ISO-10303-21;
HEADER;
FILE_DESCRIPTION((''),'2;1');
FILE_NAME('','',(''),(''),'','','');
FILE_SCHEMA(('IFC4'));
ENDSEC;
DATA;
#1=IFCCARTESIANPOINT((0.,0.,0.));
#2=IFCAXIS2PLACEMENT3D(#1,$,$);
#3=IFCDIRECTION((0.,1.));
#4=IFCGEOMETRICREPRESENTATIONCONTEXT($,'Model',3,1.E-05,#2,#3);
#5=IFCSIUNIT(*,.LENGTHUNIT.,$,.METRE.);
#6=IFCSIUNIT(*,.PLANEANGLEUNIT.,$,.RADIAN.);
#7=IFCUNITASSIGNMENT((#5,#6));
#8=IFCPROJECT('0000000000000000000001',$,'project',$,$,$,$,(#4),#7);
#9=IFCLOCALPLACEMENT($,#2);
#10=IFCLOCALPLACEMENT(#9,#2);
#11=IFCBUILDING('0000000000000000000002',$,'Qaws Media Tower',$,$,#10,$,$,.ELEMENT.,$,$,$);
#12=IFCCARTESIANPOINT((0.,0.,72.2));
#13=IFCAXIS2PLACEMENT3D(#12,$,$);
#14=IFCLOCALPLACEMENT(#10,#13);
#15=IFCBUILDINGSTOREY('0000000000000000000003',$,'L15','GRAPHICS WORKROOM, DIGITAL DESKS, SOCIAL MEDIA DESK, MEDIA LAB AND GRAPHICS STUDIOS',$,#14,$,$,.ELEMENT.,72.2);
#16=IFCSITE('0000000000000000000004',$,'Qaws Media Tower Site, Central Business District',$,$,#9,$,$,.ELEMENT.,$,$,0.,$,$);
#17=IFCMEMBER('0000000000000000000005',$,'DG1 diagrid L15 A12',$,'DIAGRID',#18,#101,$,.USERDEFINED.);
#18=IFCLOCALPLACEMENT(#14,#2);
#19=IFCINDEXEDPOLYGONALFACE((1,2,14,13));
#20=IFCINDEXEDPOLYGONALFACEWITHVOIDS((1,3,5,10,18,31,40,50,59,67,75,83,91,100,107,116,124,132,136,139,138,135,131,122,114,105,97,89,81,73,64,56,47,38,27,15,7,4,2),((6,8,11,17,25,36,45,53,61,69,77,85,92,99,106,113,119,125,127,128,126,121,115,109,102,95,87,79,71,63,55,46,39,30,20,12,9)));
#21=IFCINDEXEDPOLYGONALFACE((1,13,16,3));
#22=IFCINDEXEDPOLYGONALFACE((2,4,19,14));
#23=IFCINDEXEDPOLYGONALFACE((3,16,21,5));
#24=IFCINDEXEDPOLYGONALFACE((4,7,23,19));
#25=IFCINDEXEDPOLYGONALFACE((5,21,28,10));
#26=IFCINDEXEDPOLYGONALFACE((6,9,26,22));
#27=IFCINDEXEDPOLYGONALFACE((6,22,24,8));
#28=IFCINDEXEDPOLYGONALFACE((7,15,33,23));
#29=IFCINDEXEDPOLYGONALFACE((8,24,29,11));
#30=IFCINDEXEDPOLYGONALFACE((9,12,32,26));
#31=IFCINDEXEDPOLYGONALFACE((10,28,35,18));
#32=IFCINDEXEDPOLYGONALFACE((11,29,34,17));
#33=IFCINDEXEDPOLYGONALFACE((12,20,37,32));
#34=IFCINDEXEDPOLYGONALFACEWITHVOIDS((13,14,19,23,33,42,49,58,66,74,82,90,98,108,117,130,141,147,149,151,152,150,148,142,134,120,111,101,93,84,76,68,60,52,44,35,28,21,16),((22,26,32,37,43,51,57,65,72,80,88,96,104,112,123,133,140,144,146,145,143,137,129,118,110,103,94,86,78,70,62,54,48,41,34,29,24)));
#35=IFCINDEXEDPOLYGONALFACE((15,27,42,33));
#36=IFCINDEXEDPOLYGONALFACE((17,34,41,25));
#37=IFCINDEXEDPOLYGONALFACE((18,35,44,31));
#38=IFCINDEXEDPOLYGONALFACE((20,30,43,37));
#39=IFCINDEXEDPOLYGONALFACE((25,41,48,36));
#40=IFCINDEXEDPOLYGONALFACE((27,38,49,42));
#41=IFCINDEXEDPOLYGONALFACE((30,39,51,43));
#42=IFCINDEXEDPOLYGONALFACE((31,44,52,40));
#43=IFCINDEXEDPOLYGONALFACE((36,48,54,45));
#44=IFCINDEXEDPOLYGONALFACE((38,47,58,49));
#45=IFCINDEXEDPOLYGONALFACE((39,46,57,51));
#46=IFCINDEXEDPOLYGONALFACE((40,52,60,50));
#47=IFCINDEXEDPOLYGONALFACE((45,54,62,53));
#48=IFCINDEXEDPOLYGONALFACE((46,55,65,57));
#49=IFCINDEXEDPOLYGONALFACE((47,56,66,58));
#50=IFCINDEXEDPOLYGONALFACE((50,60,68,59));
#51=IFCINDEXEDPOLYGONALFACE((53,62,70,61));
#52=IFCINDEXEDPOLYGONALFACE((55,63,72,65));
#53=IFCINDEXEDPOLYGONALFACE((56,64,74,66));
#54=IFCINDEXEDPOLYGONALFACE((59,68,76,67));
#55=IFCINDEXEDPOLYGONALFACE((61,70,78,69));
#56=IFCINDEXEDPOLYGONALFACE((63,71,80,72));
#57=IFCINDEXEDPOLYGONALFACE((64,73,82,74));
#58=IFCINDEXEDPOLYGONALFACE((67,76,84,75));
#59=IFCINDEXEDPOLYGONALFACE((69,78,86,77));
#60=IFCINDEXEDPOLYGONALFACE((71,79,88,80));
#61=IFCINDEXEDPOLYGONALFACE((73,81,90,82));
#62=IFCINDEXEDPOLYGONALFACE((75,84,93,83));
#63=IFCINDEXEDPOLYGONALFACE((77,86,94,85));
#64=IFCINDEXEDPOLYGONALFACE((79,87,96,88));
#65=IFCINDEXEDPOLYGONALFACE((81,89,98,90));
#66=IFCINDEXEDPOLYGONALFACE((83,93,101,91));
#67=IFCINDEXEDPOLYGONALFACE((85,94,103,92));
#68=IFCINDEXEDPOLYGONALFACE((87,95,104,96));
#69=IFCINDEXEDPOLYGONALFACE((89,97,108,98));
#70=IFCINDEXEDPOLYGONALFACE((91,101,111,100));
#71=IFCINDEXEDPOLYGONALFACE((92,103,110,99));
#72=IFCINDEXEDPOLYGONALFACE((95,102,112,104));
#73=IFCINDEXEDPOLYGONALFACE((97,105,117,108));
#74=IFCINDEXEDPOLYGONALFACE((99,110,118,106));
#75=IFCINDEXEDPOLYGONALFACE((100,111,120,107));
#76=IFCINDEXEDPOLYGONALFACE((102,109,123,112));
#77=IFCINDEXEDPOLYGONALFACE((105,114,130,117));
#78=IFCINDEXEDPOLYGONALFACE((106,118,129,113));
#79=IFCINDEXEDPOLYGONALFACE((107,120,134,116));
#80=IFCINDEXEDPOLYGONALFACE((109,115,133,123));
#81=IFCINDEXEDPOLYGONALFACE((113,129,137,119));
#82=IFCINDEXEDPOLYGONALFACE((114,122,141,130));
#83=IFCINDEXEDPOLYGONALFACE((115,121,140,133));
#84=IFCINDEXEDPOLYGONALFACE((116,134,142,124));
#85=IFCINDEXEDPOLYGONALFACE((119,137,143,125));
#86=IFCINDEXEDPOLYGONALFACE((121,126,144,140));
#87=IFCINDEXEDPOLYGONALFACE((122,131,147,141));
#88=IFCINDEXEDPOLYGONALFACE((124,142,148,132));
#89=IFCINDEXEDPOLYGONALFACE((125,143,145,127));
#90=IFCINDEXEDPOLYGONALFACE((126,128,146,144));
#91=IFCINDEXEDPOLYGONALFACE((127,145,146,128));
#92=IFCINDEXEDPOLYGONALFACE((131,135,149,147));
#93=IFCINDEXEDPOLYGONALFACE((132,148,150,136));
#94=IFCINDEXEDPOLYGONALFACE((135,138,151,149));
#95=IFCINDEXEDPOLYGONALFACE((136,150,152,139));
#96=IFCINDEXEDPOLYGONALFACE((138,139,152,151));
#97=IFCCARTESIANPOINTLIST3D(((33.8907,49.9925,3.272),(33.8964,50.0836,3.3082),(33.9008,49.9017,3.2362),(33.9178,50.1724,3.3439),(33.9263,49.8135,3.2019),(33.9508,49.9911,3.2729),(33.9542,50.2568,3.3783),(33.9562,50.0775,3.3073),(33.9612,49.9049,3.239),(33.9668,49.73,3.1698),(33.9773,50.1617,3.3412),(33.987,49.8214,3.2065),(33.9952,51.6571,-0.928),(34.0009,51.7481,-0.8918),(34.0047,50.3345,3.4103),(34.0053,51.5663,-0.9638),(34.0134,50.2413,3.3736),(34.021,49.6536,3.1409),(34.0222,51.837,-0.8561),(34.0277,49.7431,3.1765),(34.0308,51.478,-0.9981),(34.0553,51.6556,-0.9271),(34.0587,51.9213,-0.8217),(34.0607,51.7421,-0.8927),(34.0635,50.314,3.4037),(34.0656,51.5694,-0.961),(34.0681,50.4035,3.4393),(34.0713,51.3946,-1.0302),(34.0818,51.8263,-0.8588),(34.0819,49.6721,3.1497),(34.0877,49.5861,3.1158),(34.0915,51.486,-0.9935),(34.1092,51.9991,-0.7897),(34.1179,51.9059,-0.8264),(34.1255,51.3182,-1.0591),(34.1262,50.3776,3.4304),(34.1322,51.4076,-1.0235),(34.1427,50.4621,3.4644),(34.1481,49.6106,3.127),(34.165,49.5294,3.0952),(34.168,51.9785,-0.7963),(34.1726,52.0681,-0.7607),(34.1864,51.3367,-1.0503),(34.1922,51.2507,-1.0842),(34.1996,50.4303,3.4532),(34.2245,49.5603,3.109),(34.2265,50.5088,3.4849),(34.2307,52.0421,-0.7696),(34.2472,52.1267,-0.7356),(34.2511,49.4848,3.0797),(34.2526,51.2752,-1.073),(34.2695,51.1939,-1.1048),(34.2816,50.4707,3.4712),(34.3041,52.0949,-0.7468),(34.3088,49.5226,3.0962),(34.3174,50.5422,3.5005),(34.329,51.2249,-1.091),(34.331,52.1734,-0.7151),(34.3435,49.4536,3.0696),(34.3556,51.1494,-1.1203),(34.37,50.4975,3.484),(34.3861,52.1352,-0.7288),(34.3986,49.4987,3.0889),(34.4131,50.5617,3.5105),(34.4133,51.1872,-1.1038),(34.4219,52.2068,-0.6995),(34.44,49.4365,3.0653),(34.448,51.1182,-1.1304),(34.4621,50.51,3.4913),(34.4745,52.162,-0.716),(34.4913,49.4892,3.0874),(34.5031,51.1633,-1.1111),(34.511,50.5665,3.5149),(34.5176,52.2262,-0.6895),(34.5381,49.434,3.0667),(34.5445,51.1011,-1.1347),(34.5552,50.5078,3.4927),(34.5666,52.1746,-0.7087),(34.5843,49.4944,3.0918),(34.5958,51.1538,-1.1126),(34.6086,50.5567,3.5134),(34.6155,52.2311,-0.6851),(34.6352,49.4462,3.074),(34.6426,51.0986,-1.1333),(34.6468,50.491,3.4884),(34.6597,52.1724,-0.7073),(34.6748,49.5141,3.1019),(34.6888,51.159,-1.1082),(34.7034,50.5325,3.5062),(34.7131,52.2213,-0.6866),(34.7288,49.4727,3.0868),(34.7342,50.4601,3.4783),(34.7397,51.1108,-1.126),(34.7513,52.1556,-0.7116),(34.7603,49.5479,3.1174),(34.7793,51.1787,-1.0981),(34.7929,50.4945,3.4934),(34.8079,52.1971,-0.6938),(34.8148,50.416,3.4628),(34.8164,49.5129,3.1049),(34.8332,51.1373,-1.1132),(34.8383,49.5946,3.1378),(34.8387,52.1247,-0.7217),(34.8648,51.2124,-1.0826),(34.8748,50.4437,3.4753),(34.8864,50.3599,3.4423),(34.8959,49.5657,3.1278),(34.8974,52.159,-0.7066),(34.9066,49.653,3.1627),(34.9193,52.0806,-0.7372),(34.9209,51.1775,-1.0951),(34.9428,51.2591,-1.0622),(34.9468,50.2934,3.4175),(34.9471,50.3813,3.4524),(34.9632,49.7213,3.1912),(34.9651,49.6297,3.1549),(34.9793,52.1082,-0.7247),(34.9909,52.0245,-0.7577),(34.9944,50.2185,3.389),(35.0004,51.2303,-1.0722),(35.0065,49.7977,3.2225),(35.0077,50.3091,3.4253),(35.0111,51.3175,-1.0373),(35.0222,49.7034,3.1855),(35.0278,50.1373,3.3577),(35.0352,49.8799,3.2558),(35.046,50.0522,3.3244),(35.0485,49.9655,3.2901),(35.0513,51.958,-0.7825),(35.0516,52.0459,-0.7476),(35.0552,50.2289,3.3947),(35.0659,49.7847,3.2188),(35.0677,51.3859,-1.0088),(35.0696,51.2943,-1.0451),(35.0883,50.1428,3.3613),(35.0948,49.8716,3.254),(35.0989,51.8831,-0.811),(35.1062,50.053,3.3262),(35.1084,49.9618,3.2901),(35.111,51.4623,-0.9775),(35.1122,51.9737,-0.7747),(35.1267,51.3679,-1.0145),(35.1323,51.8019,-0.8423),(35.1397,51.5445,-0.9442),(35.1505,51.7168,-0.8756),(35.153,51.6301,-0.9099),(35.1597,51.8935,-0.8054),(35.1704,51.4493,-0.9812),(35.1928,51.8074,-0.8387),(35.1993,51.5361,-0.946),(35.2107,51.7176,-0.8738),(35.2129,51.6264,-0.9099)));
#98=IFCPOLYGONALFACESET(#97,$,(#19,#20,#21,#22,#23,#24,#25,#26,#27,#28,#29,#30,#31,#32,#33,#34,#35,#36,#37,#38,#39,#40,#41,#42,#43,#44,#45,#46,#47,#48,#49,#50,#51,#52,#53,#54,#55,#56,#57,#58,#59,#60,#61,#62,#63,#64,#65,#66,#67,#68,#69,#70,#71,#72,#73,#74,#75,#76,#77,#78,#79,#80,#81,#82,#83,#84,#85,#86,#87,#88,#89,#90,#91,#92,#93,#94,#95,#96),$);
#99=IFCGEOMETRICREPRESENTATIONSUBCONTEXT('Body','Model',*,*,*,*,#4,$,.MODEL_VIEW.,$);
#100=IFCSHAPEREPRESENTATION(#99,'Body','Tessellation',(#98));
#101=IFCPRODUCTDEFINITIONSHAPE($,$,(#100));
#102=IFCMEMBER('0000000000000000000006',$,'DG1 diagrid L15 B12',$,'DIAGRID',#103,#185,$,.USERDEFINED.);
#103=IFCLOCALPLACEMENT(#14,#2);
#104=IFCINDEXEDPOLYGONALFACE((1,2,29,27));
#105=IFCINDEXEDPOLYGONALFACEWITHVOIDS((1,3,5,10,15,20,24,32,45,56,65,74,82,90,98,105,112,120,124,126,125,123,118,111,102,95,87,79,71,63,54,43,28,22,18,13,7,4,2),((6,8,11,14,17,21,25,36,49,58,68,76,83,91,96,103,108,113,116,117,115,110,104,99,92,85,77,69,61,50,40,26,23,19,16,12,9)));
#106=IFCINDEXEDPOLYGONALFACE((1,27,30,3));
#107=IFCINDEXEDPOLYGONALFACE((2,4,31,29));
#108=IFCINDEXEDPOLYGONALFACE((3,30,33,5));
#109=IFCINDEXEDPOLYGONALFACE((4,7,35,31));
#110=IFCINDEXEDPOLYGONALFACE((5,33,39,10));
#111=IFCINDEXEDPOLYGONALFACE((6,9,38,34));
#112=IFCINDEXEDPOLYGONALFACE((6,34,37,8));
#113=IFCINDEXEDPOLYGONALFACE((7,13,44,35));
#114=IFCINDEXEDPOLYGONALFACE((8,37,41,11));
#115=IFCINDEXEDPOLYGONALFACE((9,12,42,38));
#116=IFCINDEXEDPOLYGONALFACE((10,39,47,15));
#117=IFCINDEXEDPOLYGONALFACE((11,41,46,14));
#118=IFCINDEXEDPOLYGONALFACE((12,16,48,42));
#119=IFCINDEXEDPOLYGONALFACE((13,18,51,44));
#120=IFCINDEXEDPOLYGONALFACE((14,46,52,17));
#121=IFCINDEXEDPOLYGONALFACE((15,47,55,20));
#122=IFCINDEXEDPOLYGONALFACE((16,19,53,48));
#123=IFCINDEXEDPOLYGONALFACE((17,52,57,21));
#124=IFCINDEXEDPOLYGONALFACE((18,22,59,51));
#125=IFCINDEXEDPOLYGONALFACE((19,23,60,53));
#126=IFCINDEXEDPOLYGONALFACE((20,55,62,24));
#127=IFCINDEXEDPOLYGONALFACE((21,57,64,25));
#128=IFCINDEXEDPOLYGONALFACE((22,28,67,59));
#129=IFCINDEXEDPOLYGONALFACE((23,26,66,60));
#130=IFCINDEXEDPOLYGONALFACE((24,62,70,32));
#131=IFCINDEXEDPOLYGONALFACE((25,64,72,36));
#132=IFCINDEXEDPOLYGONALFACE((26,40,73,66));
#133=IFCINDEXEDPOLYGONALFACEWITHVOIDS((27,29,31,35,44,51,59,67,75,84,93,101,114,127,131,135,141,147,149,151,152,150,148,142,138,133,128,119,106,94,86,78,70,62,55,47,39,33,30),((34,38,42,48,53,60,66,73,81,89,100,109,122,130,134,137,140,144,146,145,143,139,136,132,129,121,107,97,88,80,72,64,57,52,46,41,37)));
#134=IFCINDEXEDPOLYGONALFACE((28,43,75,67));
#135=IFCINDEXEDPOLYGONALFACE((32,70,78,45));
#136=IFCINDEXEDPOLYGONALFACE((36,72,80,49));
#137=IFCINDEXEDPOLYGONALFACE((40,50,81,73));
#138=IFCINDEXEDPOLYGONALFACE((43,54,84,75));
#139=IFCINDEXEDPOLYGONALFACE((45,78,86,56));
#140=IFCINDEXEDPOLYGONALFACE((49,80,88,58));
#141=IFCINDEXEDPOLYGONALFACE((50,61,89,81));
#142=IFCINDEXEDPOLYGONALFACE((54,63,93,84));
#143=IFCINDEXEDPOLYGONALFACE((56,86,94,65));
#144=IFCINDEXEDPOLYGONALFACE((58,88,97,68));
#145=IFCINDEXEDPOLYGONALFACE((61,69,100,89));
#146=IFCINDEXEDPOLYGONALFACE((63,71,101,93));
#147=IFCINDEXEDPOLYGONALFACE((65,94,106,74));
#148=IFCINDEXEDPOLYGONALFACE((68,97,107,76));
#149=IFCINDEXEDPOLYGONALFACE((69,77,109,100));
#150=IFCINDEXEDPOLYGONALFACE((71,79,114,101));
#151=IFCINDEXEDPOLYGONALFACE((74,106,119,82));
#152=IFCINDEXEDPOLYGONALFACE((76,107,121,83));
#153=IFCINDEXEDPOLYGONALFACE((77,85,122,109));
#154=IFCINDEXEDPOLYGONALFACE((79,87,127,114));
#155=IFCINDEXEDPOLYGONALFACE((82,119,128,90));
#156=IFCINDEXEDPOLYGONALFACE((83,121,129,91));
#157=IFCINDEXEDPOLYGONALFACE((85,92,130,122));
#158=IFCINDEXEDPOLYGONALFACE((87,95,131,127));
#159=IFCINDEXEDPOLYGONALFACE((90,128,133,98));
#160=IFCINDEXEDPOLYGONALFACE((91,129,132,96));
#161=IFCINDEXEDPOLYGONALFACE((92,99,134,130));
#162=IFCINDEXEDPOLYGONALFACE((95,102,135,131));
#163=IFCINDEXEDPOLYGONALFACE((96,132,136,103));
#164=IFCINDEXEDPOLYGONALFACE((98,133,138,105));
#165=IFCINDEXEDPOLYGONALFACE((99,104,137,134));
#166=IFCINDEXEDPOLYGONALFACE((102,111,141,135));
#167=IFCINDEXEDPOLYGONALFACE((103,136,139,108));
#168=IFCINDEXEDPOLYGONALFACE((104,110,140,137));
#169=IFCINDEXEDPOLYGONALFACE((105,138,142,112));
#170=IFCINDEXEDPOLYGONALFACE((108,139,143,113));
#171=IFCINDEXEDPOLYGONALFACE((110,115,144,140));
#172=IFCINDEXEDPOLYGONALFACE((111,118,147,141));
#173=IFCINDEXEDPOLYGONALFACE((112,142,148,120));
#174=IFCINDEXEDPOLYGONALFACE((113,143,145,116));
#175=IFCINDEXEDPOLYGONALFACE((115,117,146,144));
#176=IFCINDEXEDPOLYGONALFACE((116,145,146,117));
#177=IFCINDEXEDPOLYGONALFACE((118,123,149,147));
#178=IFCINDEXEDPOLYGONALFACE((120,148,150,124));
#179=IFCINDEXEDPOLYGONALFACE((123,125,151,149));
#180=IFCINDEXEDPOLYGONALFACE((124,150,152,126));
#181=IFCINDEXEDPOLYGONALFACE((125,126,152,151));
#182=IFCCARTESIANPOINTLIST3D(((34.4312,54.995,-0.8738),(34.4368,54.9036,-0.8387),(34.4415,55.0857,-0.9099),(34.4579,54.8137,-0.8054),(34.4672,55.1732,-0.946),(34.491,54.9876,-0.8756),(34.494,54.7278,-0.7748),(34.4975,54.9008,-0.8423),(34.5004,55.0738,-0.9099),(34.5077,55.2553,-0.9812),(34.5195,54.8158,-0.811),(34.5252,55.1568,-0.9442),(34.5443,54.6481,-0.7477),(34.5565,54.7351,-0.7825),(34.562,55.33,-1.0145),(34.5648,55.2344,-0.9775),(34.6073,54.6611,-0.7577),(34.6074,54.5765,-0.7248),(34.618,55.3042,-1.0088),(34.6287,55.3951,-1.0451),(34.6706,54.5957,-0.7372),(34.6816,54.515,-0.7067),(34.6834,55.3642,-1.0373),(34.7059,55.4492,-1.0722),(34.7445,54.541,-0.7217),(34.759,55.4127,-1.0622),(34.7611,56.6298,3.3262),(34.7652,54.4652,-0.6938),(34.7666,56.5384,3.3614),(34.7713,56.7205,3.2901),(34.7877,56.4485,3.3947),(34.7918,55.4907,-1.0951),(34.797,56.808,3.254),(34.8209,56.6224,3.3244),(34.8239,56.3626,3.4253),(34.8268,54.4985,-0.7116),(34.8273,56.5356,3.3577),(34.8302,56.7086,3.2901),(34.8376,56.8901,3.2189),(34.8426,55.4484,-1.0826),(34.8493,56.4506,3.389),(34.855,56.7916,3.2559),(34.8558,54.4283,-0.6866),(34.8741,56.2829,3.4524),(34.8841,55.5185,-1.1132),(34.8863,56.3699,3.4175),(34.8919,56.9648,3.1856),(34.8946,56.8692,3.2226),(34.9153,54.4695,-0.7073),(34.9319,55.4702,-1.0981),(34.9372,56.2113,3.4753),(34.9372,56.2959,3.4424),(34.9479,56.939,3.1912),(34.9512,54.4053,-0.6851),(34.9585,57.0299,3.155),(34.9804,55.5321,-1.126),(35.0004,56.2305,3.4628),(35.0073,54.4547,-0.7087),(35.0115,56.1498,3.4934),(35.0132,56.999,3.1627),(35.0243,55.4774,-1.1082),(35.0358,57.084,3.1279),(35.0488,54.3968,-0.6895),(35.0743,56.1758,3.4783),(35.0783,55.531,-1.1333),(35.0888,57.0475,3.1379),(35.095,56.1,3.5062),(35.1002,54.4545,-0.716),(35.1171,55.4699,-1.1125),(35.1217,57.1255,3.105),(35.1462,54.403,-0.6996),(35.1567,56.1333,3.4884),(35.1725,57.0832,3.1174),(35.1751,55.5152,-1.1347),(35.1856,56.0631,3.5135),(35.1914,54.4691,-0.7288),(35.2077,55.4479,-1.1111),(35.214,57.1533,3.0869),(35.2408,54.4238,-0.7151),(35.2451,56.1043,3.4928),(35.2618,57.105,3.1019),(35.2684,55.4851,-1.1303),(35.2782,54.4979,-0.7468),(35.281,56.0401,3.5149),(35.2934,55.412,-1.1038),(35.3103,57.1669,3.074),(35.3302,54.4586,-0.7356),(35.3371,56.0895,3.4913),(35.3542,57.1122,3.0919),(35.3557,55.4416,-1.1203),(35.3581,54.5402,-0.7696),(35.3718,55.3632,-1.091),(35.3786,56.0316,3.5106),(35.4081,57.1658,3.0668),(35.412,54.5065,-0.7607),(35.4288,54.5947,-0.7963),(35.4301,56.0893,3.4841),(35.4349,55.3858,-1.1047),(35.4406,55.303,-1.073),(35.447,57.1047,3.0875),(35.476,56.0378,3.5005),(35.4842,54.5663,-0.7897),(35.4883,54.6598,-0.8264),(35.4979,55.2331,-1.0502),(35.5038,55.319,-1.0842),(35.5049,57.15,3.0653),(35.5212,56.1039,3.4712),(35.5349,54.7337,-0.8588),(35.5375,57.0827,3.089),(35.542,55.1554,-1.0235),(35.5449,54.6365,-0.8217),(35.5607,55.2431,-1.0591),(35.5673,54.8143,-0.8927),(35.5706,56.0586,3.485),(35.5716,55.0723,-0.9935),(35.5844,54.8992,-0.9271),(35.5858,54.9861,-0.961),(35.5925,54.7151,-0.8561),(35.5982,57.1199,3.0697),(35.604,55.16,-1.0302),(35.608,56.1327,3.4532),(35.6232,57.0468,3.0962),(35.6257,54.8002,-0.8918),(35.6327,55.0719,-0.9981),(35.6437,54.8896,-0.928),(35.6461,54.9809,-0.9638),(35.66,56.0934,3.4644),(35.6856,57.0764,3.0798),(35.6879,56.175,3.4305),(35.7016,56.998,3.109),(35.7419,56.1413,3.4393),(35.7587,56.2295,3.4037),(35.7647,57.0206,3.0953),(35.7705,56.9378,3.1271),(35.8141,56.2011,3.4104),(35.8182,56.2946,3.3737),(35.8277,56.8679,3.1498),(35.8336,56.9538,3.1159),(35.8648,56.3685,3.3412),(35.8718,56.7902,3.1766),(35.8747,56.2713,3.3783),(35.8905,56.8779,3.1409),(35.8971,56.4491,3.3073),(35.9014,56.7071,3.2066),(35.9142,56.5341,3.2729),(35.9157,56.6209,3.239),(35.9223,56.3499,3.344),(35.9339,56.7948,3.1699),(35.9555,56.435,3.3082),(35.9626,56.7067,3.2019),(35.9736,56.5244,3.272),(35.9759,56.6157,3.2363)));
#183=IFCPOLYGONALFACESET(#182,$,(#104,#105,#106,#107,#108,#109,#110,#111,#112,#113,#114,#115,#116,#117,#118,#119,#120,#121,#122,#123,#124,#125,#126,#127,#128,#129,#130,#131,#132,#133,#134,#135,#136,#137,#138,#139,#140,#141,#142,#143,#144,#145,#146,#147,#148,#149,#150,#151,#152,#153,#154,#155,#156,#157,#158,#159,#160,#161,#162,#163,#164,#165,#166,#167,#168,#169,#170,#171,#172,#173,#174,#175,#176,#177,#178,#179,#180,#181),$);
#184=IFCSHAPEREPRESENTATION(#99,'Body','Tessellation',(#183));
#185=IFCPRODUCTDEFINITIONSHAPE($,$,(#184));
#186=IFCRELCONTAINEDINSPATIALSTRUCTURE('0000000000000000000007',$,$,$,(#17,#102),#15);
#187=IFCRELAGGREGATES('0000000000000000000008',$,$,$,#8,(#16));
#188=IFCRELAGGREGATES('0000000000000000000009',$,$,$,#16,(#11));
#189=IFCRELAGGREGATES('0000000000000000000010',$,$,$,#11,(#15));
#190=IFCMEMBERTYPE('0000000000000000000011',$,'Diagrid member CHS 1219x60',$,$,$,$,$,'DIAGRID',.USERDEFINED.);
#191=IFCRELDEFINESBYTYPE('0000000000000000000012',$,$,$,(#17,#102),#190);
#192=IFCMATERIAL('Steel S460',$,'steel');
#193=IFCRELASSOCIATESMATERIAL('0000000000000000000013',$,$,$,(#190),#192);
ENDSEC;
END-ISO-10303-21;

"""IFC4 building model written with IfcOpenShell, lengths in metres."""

from ifc_helpers import new_model, si_unit, direction, frame, origin, origin_2d, place, context, subcontext, project, spatial, hollow_circle, extrude, material, material_profile, profile_set, type_object, element, save


model = new_model("IFC4")

# Units and contexts
model_context = context("Model", 3, precision=1e-05, world=origin(), true_north=direction((0.0, 1.0)))
body_context = subcontext(model_context, "Body", "Model", "MODEL_VIEW")
ifc_project = project(units=[si_unit("LENGTHUNIT", "METRE"), si_unit("PLANEANGLEUNIT", "RADIAN")], contexts=[model_context])

# Site, building, storey
site_placement = place(None, origin())
site = spatial("IfcSite", under=ifc_project, at=site_placement, Name="Qaws Media Tower Site, Central Business District", CompositionType="ELEMENT", RefElevation=0.0)
building_placement = place(site_placement, origin())
building = spatial("IfcBuilding", under=site, at=building_placement, Name="Qaws Media Tower", CompositionType="ELEMENT")
storey_placement = place(building_placement, frame((0.0, 0.0, 72.2)))
storey = spatial("IfcBuildingStorey", under=building, at=storey_placement, Name="L15", Description="GRAPHICS WORKROOM, DIGITAL DESKS, SOCIAL MEDIA DESK, MEDIA LAB AND GRAPHICS STUDIOS", CompositionType="ELEMENT", Elevation=72.2)

# Members
ifc_material_1 = material(Name="Steel S460", Category="steel")
ifc_material_profile_1 = material_profile(ifc_material_1, hollow_circle(Radius=0.6096, WallThickness=0.0601, at=origin_2d()), Name="CHS 1219x60")
ifc_profile_set_1 = profile_set([ifc_material_profile_1], Name="Steel S460")
member_type_1 = type_object("IfcMemberType", Name="Diagrid member CHS 1219x60", ElementType="DIAGRID", PredefinedType="USERDEFINED", material=ifc_profile_set_1)
for number, where, z_axis, x_axis, name in (
    (1, (34.6045, 51.6646, -0.9099), (-0.023123, -0.368346, 0.929401), (0.998035, -0.062652, 0.0), "DG1 diagrid L15 A12"),
    (2, (35.0391, 54.9651, -0.9099), (0.072989, 0.361758, 0.92941), (-0.980247, 0.197777, 0.0), "DG1 diagrid L15 B12"),
):
    element("IfcMember", number, at=place(storey_placement, frame(where, z_axis=z_axis, x_axis=x_axis)), inside=storey, type_object=member_type_1, Name=name, ObjectType="DIAGRID", PredefinedType="USERDEFINED", context=body_context, shape_type="SweptSolid", body=[
        extrude(hollow_circle(Radius=0.6096, WallThickness=0.0601, at=origin_2d()), origin(), (0.0, 0.0, 1.0), 4.519),
    ])

save(model, "model.ifc")
